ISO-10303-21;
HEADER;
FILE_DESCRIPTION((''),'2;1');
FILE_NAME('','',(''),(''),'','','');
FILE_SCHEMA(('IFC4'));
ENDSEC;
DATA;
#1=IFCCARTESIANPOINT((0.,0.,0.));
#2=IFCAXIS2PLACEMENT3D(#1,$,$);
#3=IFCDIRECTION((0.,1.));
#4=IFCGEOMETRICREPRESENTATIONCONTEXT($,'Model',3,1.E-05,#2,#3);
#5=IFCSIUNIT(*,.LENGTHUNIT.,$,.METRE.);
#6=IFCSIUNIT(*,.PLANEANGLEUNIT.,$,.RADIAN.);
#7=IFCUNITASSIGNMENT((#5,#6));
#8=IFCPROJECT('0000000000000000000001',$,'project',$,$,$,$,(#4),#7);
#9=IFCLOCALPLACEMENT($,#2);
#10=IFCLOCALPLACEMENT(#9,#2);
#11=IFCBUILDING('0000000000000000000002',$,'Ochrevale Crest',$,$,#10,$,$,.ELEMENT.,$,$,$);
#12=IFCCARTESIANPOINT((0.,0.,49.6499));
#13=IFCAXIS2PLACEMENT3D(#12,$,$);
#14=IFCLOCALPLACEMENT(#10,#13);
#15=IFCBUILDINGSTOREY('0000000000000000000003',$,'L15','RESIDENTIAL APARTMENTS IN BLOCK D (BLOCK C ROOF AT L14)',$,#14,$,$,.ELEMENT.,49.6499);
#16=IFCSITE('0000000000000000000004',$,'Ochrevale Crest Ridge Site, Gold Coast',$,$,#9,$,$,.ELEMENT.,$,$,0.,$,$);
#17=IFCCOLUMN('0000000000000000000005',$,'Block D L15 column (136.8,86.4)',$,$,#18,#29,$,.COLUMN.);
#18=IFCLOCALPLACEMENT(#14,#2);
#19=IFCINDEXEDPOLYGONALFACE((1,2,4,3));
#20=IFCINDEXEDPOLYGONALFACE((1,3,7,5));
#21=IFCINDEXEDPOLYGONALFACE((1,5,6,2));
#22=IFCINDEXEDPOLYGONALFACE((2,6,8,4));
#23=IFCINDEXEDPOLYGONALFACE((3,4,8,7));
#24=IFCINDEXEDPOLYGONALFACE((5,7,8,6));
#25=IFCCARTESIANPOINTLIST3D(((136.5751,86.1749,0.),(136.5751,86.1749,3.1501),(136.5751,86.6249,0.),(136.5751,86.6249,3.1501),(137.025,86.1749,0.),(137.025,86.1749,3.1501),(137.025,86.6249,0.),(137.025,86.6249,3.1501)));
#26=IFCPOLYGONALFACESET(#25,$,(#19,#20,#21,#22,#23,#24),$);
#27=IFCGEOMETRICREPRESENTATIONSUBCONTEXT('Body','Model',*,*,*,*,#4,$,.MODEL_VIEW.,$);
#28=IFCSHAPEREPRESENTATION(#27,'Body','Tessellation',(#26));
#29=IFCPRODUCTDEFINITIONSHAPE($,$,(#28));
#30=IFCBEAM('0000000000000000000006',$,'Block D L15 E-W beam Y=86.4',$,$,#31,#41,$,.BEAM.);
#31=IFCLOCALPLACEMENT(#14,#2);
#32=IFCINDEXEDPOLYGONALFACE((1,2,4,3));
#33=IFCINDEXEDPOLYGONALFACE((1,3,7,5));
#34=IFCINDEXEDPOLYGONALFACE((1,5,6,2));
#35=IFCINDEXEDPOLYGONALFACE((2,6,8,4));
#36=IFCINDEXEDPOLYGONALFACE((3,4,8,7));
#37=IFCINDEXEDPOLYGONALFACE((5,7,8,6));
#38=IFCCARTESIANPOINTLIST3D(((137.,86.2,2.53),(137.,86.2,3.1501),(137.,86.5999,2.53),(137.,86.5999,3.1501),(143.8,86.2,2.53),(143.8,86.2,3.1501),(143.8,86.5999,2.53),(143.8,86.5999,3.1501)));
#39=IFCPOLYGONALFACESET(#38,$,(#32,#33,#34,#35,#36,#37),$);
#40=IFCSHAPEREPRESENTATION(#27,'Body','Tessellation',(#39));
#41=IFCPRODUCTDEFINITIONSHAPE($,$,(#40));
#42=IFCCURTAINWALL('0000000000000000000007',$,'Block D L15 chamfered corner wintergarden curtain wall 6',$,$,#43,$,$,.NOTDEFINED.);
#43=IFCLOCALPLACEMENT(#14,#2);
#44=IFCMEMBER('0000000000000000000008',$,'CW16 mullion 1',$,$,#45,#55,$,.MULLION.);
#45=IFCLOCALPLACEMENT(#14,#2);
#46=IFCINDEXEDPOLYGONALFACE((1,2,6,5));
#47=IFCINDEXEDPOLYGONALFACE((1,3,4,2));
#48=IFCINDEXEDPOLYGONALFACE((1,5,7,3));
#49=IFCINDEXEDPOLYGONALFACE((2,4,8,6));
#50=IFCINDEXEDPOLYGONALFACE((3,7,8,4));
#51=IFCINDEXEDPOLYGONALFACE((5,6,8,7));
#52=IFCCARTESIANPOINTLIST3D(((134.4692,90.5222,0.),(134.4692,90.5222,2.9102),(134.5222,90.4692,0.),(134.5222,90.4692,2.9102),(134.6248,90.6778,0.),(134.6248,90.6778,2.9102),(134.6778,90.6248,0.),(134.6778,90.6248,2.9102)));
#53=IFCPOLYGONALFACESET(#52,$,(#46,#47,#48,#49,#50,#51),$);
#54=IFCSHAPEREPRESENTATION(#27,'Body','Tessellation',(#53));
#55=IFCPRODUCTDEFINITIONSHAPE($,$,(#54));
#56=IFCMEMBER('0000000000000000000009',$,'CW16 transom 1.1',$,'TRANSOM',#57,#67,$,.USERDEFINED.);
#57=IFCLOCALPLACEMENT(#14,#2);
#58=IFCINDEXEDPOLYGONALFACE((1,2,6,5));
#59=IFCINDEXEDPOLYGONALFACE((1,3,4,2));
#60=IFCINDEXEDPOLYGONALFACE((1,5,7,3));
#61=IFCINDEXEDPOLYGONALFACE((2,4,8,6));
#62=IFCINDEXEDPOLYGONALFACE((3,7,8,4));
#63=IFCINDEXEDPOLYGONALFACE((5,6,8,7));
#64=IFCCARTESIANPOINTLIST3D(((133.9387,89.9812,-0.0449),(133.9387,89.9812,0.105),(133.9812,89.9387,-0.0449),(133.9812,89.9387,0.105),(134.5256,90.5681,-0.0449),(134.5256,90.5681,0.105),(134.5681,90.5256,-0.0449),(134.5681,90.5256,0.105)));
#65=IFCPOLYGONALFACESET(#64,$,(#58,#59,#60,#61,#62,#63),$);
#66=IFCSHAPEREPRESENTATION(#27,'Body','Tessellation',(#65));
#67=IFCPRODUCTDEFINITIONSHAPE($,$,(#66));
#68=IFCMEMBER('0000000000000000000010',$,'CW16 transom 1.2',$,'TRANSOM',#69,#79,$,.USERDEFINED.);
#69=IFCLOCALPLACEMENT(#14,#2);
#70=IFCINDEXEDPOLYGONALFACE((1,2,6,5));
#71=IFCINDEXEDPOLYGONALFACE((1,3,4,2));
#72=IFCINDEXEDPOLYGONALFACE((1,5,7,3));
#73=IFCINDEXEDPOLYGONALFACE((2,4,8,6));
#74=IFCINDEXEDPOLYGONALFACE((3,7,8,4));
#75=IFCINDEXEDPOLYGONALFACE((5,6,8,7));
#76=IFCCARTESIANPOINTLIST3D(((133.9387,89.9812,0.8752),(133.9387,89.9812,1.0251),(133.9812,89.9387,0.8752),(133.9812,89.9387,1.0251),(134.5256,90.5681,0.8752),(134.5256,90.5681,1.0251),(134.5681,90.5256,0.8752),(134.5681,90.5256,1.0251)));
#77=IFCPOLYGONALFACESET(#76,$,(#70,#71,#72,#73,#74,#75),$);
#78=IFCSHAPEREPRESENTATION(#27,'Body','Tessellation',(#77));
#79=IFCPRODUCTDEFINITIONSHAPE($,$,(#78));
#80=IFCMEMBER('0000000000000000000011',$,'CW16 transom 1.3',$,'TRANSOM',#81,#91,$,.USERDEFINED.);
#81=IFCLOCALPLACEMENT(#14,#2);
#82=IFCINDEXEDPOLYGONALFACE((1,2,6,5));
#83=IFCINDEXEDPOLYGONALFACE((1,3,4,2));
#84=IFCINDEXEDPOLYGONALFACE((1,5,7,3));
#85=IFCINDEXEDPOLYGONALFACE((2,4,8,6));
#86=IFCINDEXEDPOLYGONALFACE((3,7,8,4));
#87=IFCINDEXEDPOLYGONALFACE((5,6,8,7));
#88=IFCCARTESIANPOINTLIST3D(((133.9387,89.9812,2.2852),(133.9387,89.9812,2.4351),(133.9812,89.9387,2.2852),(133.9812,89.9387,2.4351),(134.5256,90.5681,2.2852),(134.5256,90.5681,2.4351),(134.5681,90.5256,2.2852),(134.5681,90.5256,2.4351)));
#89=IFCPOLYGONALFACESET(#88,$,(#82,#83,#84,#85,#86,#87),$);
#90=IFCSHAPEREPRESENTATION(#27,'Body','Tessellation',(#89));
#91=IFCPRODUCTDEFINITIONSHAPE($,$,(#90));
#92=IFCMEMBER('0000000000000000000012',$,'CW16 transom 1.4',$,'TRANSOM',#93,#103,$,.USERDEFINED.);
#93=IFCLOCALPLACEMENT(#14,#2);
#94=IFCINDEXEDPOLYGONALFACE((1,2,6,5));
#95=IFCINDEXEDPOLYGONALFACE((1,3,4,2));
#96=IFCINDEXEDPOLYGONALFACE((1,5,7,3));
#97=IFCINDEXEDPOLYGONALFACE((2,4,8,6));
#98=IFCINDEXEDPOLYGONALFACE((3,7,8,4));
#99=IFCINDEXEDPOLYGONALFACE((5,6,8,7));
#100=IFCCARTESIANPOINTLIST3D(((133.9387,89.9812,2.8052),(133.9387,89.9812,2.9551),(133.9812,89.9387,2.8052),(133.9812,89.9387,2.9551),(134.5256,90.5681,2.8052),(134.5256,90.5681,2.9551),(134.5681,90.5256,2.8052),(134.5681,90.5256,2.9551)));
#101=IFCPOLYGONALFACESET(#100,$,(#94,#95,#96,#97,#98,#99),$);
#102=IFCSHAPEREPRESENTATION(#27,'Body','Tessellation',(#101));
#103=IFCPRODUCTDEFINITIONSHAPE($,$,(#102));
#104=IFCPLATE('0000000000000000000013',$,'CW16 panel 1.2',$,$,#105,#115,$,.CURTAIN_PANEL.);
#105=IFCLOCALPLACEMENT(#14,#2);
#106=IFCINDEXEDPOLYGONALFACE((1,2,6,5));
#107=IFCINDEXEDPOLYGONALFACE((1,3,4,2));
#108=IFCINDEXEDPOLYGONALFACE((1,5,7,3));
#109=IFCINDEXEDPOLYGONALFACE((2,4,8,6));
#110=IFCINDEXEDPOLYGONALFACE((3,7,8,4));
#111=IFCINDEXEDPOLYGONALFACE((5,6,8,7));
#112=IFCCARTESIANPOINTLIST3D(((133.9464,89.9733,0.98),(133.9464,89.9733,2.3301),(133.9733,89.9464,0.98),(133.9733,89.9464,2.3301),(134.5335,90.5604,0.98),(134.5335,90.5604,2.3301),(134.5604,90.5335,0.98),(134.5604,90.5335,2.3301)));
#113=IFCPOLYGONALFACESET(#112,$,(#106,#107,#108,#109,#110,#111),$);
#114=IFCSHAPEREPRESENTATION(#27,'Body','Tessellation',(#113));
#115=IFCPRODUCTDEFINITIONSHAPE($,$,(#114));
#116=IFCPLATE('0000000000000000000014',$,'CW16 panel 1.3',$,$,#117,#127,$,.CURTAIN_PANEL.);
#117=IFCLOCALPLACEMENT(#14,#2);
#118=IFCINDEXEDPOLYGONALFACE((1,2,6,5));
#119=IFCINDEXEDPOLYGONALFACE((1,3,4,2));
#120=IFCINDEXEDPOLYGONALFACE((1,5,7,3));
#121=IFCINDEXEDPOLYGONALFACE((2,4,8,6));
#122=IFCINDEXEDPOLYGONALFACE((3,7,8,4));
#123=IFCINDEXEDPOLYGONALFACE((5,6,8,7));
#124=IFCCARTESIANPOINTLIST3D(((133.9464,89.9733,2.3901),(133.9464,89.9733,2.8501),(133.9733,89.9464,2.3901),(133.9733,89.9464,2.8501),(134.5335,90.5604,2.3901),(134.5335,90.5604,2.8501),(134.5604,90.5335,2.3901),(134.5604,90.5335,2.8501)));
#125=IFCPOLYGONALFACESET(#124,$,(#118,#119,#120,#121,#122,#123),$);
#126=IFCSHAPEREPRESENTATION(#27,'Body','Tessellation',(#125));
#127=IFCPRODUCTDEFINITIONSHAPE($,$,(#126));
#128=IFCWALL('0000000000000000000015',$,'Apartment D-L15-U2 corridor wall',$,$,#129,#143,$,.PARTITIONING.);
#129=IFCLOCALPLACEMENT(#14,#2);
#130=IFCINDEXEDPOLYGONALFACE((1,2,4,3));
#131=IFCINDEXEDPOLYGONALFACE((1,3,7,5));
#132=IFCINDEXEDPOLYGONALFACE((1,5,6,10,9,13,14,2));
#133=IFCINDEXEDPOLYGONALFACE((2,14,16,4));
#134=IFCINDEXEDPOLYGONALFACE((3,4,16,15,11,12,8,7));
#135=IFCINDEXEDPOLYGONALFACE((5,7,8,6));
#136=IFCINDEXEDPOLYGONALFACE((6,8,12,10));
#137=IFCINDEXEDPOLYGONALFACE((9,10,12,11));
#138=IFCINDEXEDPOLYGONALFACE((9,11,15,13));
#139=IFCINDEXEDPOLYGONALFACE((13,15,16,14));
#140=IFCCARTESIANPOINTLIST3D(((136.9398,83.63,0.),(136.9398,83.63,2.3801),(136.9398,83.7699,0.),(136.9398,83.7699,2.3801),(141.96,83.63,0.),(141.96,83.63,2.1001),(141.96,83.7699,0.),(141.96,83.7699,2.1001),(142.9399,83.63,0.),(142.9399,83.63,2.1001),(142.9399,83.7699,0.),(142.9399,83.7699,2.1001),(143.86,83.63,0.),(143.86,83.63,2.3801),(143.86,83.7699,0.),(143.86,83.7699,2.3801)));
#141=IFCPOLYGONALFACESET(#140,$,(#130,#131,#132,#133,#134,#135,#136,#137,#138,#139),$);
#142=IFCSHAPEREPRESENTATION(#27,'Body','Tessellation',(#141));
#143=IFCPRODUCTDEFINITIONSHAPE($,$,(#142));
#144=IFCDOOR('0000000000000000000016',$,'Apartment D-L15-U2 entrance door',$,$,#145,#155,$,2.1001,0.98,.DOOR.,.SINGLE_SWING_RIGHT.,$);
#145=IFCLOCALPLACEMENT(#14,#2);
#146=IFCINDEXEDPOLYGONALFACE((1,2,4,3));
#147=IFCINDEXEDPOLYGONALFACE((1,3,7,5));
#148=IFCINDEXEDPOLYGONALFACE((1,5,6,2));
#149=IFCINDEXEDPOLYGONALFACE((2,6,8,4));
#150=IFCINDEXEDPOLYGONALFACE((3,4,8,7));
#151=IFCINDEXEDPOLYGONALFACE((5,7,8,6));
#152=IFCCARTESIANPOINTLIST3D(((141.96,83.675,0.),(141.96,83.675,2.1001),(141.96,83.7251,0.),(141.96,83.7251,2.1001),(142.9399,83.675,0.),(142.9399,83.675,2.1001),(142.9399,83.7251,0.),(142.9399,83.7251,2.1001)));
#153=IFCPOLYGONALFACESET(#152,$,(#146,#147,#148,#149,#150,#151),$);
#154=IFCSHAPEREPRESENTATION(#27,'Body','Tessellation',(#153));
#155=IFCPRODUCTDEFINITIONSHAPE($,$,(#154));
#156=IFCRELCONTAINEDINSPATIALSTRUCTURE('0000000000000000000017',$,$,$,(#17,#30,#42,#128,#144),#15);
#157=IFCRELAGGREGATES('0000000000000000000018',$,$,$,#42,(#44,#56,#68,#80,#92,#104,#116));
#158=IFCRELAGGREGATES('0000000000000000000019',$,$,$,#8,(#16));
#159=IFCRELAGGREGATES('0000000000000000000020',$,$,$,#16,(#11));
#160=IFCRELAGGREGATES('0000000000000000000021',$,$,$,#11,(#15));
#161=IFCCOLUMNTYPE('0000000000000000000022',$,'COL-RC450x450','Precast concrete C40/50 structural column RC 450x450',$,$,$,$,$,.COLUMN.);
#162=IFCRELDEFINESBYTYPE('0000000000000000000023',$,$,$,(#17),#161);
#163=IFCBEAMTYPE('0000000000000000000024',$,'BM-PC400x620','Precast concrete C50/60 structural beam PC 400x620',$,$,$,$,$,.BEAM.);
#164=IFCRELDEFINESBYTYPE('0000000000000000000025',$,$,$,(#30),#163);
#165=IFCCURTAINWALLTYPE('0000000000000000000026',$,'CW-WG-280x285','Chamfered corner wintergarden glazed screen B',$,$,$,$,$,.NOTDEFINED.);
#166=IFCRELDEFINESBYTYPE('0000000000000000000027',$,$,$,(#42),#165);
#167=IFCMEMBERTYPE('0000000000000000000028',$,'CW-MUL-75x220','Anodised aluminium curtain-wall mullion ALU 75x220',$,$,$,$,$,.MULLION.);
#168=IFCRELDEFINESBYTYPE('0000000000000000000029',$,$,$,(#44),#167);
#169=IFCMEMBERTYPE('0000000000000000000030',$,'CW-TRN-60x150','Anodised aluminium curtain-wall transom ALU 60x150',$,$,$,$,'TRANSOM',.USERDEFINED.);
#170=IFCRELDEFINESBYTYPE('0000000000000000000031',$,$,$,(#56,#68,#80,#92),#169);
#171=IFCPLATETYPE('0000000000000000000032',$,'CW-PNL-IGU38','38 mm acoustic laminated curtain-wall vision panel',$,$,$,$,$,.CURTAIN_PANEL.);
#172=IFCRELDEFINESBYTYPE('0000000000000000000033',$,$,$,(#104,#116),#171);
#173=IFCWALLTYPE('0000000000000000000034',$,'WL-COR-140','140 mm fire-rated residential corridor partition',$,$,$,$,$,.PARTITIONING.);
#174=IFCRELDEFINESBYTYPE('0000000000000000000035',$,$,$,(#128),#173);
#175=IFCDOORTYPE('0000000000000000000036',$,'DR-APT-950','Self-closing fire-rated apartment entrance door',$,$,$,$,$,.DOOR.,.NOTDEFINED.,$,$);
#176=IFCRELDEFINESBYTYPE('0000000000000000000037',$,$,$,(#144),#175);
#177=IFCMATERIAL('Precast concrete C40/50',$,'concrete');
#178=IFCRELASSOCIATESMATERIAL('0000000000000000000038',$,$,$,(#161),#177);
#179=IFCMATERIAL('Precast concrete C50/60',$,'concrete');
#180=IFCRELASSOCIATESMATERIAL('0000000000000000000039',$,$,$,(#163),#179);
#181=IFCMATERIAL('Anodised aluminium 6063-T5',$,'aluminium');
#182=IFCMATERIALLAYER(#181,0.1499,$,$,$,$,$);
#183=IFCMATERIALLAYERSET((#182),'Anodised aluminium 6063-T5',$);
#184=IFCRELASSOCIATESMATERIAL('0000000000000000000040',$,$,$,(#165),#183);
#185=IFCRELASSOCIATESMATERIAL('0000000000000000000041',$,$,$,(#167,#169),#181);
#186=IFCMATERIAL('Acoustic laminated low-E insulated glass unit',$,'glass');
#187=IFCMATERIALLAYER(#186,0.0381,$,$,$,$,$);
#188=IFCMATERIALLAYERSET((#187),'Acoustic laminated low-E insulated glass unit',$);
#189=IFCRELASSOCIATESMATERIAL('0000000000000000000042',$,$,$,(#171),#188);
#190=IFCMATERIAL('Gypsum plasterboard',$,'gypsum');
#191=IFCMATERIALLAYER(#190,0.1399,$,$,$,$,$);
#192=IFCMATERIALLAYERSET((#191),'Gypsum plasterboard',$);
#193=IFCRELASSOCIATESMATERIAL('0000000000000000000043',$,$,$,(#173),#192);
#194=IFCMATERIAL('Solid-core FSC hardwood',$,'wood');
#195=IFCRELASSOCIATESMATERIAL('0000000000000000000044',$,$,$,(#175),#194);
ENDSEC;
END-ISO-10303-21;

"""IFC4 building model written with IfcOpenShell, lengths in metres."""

from ifc_helpers import new_model, si_unit, direction, frame, frame_2d, origin, origin_2d, place, context, subcontext, project, spatial, rectangle, extrude, material, layer, layer_set, material_profile, profile_set, type_object, element, fill, aggregate, save


model = new_model("IFC4")

# Units and contexts
model_context = context("Model", 3, precision=1e-05, world=origin(), true_north=direction((0.0, 1.0)))
body_context = subcontext(model_context, "Body", "Model", "MODEL_VIEW")
ifc_project = project(units=[si_unit("LENGTHUNIT", "METRE"), si_unit("PLANEANGLEUNIT", "RADIAN")], contexts=[model_context])

# Site, building, storey
site_placement = place(None, origin())
site = spatial("IfcSite", under=ifc_project, at=site_placement, Name="Ochrevale Crest Ridge Site, Gold Coast", CompositionType="ELEMENT", RefElevation=0.0)
building_placement = place(site_placement, origin())
building = spatial("IfcBuilding", under=site, at=building_placement, Name="Ochrevale Crest", CompositionType="ELEMENT")
storey_placement = place(building_placement, frame((0.0, 0.0, 49.6499)))
storey = spatial("IfcBuildingStorey", under=building, at=storey_placement, Name="L15", Description="RESIDENTIAL APARTMENTS IN BLOCK D (BLOCK C ROOF AT L14)", CompositionType="ELEMENT", Elevation=49.6499)

# Column
ifc_material_1 = material(Name="Precast concrete C40/50", Category="concrete")
ifc_material_profile_1 = material_profile(ifc_material_1, rectangle(XDim=0.45, YDim=0.45, at=origin_2d()), Name="RC 450x450")
ifc_profile_set_1 = profile_set([ifc_material_profile_1], Name="Precast concrete C40/50")
column_type = type_object("IfcColumnType", Name="COL-RC450x450", Description="Precast concrete C40/50 structural column RC 450x450", PredefinedType="COLUMN", material=ifc_profile_set_1)
column_placement = place(storey_placement, frame((136.8, 86.3999, 0.0), z_axis=(0.0, 0.0, 1.0), x_axis=(1.0, 0.0, 0.0)))
element("IfcColumn", 1, at=column_placement, inside=storey, type_object=column_type, Name="Block D L15 column (136.8,86.4)", PredefinedType="COLUMN", context=body_context, shape_type="SweptSolid", body=[
    extrude(rectangle(XDim=0.45, YDim=0.45, at=origin_2d()), origin(), (0.0, 0.0, 1.0), 3.1501),
])

# Beam
ifc_material_2 = material(Name="Precast concrete C50/60", Category="concrete")
ifc_material_profile_2 = material_profile(ifc_material_2, rectangle(XDim=0.3999, YDim=0.6201, at=origin_2d()), Name="PC 400x620")
ifc_profile_set_2 = profile_set([ifc_material_profile_2], Name="Precast concrete C50/60")
beam_type = type_object("IfcBeamType", Name="BM-PC400x620", Description="Precast concrete C50/60 structural beam PC 400x620", PredefinedType="BEAM", material=ifc_profile_set_2)
beam_placement = place(storey_placement, frame((137.0, 86.3999, 2.8401), z_axis=(1.0, 0.0, 0.0), x_axis=(0.0, 1.0, 0.0)))
element("IfcBeam", 2, at=beam_placement, inside=storey, type_object=beam_type, Name="Block D L15 E-W beam Y=86.4", PredefinedType="BEAM", context=body_context, shape_type="SweptSolid", body=[
    extrude(rectangle(XDim=0.3999, YDim=0.6201, at=origin_2d()), origin(), (0.0, 0.0, 1.0), 6.8),
])

# Curtain wall, members, plates
ifc_material_3 = material(Name="Anodised aluminium 6063-T5", Category="aluminium")
ifc_layer_1 = layer(ifc_material_3, 0.1499)
ifc_layer_set_1 = layer_set([ifc_layer_1], Name="Anodised aluminium 6063-T5")
curtain_wall_type = type_object("IfcCurtainWallType", Name="CW-WG-280x285", Description="Chamfered corner wintergarden glazed screen B", PredefinedType="NOTDEFINED", material=ifc_layer_set_1)
curtain_wall_placement = place(storey_placement, origin())
curtain_wall = element("IfcCurtainWall", 3, at=curtain_wall_placement, inside=storey, type_object=curtain_wall_type, Name="Block D L15 chamfered corner wintergarden curtain wall 6", PredefinedType="NOTDEFINED")
ifc_material_profile_3 = material_profile(ifc_material_3, rectangle(XDim=0.075, YDim=0.22, at=origin_2d()), Name="ALU 75x220")
ifc_profile_set_3 = profile_set([ifc_material_profile_3], Name="Anodised aluminium 6063-T5")
member_type_1 = type_object("IfcMemberType", Name="CW-MUL-75x220", Description="Anodised aluminium curtain-wall mullion ALU 75x220", PredefinedType="MULLION", material=ifc_profile_set_3)
member_1_placement = place(storey_placement, frame((134.5735, 90.5735, 0.0), z_axis=(0.0, 0.0, 1.0), x_axis=(0.707107, -0.707107, 0.0)))
member_1 = element("IfcMember", 4, at=member_1_placement, type_object=member_type_1, Name="CW16 mullion 1", PredefinedType="MULLION", context=body_context, shape_type="SweptSolid", body=[
    extrude(rectangle(XDim=0.075, YDim=0.22, at=origin_2d()), origin(), (0.0, 0.0, 1.0), 2.9102),
])
ifc_material_profile_4 = material_profile(ifc_material_3, rectangle(XDim=0.0601, YDim=0.1499, at=origin_2d()), Name="ALU 60x150")
ifc_profile_set_4 = profile_set([ifc_material_profile_4], Name="Anodised aluminium 6063-T5")
member_type_2 = type_object("IfcMemberType", Name="CW-TRN-60x150", Description="Anodised aluminium curtain-wall transom ALU 60x150", ElementType="TRANSOM", PredefinedType="USERDEFINED", material=ifc_profile_set_4)
member_2_placement = place(storey_placement, frame((134.5469, 90.5469, 0.03), z_axis=(-0.707107, -0.707107, 0.0), x_axis=(0.707107, -0.707107, 0.0)))
member_2 = element("IfcMember", 5, at=member_2_placement, type_object=member_type_2, Name="CW16 transom 1.1", ObjectType="TRANSOM", PredefinedType="USERDEFINED", context=body_context, shape_type="SweptSolid", body=[
    extrude(rectangle(XDim=0.0601, YDim=0.1499, at=origin_2d()), origin(), (0.0, 0.0, 1.0), 0.8301),
])
member_3_placement = place(storey_placement, frame((134.5469, 90.5469, 0.9502), z_axis=(-0.707107, -0.707107, 0.0), x_axis=(0.707107, -0.707107, 0.0)))
member_3 = element("IfcMember", 6, at=member_3_placement, type_object=member_type_2, Name="CW16 transom 1.2", ObjectType="TRANSOM", PredefinedType="USERDEFINED", context=body_context, shape_type="SweptSolid", body=[
    extrude(rectangle(XDim=0.0601, YDim=0.1499, at=origin_2d()), origin(), (0.0, 0.0, 1.0), 0.8301),
])
member_4_placement = place(storey_placement, frame((134.5469, 90.5469, 2.3601), z_axis=(-0.707107, -0.707107, 0.0), x_axis=(0.707107, -0.707107, 0.0)))
member_4 = element("IfcMember", 7, at=member_4_placement, type_object=member_type_2, Name="CW16 transom 1.3", ObjectType="TRANSOM", PredefinedType="USERDEFINED", context=body_context, shape_type="SweptSolid", body=[
    extrude(rectangle(XDim=0.0601, YDim=0.1499, at=origin_2d()), origin(), (0.0, 0.0, 1.0), 0.8301),
])
member_5_placement = place(storey_placement, frame((134.5469, 90.5469, 2.8801), z_axis=(-0.707107, -0.707107, 0.0), x_axis=(0.707107, -0.707107, 0.0)))
member_5 = element("IfcMember", 8, at=member_5_placement, type_object=member_type_2, Name="CW16 transom 1.4", ObjectType="TRANSOM", PredefinedType="USERDEFINED", context=body_context, shape_type="SweptSolid", body=[
    extrude(rectangle(XDim=0.0601, YDim=0.1499, at=origin_2d()), origin(), (0.0, 0.0, 1.0), 0.8301),
])
ifc_material_4 = material(Name="Acoustic laminated low-E insulated glass unit", Category="glass")
ifc_layer_2 = layer(ifc_material_4, 0.0381)
ifc_layer_set_2 = layer_set([ifc_layer_2], Name="Acoustic laminated low-E insulated glass unit")
plate_type = type_object("IfcPlateType", Name="CW-PNL-IGU38", Description="38 mm acoustic laminated curtain-wall vision panel", PredefinedType="CURTAIN_PANEL", material=ifc_layer_set_2)
plate_1_placement = place(storey_placement, frame((134.2534, 90.2534, 0.98), z_axis=(0.0, 0.0, 1.0), x_axis=(-0.707107, -0.707107, 0.0)))
plate_1 = element("IfcPlate", 9, at=plate_1_placement, type_object=plate_type, Name="CW16 panel 1.2", PredefinedType="CURTAIN_PANEL", context=body_context, shape_type="SweptSolid", body=[
    extrude(rectangle(XDim=0.8303, YDim=0.0381, at=origin_2d()), origin(), (0.0, 0.0, 1.0), 1.3501),
])
plate_2_placement = place(storey_placement, frame((134.2534, 90.2534, 2.3901), z_axis=(0.0, 0.0, 1.0), x_axis=(-0.707107, -0.707107, 0.0)))
plate_2 = element("IfcPlate", 10, at=plate_2_placement, type_object=plate_type, Name="CW16 panel 1.3", PredefinedType="CURTAIN_PANEL", context=body_context, shape_type="SweptSolid", body=[
    extrude(rectangle(XDim=0.8303, YDim=0.0381, at=origin_2d()), origin(), (0.0, 0.0, 1.0), 0.46),
])
aggregate(curtain_wall, [member_1, member_2, member_3, member_4, member_5, plate_1, plate_2])

# Wall, opening, door
ifc_material_5 = material(Name="Gypsum plasterboard", Category="gypsum")
ifc_layer_3 = layer(ifc_material_5, 0.1399)
ifc_layer_set_3 = layer_set([ifc_layer_3], Name="Gypsum plasterboard")
wall_type_1 = type_object("IfcWallType", Name="WL-COR-140", Description="140 mm fire-rated residential corridor partition", PredefinedType="PARTITIONING", material=ifc_layer_set_3)
wall_1_placement = place(storey_placement, frame((136.9399, 83.7, 0.0), z_axis=(0.0, 0.0, 1.0), x_axis=(1.0, 0.0, 0.0)))
wall_1 = element("IfcWall", 11, at=wall_1_placement, inside=storey, type_object=wall_type_1, Name="Apartment D-L15-U2 corridor wall", PredefinedType="PARTITIONING", context=body_context, shape_type="SweptSolid", body=[
    extrude(rectangle(XDim=6.9202, YDim=0.1399, at=frame_2d((3.46, 0.0))), origin(), (0.0, 0.0, 1.0), 2.3801),
])
opening_1_placement = place(wall_1_placement, frame((6.0, 0.0, 0.0), z_axis=(0.0, 0.0, 1.0), x_axis=(-1.0, 0.0, 0.0)))
opening_1 = element("IfcOpeningElement", 12, at=opening_1_placement, cuts=wall_1, PredefinedType="OPENING", context=body_context, shape_type="SweptSolid", body=[
    extrude(rectangle(XDim=0.98, YDim=2.1001, at=frame_2d((0.49, 1.05))), frame((0.0, 0.0801, 0.0), z_axis=(0.0, -1.0, 0.0), x_axis=(1.0, 0.0, 0.0)), (0.0, 0.0, 1.0), 0.1599),
])
ifc_material_6 = material(Name="Solid-core FSC hardwood", Category="wood")
door_type_1 = type_object("IfcDoorType", Name="DR-APT-950", Description="Self-closing fire-rated apartment entrance door", OperationType="NOTDEFINED", PredefinedType="DOOR", material=ifc_material_6)
door_1_placement = place(opening_1_placement, origin())
door_1 = element("IfcDoor", 13, at=door_1_placement, inside=storey, type_object=door_type_1, Name="Apartment D-L15-U2 entrance door", OperationType="SINGLE_SWING_RIGHT", OverallHeight=2.1001, OverallWidth=0.98, PredefinedType="DOOR", context=body_context, shape_type="SweptSolid", body=[
    extrude(rectangle(XDim=0.98, YDim=2.1001, at=frame_2d((0.49, 1.05))), frame((0.0, 0.0249, 0.0), z_axis=(0.0, -1.0, 0.0), x_axis=(1.0, 0.0, 0.0)), (0.0, 0.0, 1.0), 0.05),
])
fill(opening_1, door_1)

save(model, "model.ifc")
